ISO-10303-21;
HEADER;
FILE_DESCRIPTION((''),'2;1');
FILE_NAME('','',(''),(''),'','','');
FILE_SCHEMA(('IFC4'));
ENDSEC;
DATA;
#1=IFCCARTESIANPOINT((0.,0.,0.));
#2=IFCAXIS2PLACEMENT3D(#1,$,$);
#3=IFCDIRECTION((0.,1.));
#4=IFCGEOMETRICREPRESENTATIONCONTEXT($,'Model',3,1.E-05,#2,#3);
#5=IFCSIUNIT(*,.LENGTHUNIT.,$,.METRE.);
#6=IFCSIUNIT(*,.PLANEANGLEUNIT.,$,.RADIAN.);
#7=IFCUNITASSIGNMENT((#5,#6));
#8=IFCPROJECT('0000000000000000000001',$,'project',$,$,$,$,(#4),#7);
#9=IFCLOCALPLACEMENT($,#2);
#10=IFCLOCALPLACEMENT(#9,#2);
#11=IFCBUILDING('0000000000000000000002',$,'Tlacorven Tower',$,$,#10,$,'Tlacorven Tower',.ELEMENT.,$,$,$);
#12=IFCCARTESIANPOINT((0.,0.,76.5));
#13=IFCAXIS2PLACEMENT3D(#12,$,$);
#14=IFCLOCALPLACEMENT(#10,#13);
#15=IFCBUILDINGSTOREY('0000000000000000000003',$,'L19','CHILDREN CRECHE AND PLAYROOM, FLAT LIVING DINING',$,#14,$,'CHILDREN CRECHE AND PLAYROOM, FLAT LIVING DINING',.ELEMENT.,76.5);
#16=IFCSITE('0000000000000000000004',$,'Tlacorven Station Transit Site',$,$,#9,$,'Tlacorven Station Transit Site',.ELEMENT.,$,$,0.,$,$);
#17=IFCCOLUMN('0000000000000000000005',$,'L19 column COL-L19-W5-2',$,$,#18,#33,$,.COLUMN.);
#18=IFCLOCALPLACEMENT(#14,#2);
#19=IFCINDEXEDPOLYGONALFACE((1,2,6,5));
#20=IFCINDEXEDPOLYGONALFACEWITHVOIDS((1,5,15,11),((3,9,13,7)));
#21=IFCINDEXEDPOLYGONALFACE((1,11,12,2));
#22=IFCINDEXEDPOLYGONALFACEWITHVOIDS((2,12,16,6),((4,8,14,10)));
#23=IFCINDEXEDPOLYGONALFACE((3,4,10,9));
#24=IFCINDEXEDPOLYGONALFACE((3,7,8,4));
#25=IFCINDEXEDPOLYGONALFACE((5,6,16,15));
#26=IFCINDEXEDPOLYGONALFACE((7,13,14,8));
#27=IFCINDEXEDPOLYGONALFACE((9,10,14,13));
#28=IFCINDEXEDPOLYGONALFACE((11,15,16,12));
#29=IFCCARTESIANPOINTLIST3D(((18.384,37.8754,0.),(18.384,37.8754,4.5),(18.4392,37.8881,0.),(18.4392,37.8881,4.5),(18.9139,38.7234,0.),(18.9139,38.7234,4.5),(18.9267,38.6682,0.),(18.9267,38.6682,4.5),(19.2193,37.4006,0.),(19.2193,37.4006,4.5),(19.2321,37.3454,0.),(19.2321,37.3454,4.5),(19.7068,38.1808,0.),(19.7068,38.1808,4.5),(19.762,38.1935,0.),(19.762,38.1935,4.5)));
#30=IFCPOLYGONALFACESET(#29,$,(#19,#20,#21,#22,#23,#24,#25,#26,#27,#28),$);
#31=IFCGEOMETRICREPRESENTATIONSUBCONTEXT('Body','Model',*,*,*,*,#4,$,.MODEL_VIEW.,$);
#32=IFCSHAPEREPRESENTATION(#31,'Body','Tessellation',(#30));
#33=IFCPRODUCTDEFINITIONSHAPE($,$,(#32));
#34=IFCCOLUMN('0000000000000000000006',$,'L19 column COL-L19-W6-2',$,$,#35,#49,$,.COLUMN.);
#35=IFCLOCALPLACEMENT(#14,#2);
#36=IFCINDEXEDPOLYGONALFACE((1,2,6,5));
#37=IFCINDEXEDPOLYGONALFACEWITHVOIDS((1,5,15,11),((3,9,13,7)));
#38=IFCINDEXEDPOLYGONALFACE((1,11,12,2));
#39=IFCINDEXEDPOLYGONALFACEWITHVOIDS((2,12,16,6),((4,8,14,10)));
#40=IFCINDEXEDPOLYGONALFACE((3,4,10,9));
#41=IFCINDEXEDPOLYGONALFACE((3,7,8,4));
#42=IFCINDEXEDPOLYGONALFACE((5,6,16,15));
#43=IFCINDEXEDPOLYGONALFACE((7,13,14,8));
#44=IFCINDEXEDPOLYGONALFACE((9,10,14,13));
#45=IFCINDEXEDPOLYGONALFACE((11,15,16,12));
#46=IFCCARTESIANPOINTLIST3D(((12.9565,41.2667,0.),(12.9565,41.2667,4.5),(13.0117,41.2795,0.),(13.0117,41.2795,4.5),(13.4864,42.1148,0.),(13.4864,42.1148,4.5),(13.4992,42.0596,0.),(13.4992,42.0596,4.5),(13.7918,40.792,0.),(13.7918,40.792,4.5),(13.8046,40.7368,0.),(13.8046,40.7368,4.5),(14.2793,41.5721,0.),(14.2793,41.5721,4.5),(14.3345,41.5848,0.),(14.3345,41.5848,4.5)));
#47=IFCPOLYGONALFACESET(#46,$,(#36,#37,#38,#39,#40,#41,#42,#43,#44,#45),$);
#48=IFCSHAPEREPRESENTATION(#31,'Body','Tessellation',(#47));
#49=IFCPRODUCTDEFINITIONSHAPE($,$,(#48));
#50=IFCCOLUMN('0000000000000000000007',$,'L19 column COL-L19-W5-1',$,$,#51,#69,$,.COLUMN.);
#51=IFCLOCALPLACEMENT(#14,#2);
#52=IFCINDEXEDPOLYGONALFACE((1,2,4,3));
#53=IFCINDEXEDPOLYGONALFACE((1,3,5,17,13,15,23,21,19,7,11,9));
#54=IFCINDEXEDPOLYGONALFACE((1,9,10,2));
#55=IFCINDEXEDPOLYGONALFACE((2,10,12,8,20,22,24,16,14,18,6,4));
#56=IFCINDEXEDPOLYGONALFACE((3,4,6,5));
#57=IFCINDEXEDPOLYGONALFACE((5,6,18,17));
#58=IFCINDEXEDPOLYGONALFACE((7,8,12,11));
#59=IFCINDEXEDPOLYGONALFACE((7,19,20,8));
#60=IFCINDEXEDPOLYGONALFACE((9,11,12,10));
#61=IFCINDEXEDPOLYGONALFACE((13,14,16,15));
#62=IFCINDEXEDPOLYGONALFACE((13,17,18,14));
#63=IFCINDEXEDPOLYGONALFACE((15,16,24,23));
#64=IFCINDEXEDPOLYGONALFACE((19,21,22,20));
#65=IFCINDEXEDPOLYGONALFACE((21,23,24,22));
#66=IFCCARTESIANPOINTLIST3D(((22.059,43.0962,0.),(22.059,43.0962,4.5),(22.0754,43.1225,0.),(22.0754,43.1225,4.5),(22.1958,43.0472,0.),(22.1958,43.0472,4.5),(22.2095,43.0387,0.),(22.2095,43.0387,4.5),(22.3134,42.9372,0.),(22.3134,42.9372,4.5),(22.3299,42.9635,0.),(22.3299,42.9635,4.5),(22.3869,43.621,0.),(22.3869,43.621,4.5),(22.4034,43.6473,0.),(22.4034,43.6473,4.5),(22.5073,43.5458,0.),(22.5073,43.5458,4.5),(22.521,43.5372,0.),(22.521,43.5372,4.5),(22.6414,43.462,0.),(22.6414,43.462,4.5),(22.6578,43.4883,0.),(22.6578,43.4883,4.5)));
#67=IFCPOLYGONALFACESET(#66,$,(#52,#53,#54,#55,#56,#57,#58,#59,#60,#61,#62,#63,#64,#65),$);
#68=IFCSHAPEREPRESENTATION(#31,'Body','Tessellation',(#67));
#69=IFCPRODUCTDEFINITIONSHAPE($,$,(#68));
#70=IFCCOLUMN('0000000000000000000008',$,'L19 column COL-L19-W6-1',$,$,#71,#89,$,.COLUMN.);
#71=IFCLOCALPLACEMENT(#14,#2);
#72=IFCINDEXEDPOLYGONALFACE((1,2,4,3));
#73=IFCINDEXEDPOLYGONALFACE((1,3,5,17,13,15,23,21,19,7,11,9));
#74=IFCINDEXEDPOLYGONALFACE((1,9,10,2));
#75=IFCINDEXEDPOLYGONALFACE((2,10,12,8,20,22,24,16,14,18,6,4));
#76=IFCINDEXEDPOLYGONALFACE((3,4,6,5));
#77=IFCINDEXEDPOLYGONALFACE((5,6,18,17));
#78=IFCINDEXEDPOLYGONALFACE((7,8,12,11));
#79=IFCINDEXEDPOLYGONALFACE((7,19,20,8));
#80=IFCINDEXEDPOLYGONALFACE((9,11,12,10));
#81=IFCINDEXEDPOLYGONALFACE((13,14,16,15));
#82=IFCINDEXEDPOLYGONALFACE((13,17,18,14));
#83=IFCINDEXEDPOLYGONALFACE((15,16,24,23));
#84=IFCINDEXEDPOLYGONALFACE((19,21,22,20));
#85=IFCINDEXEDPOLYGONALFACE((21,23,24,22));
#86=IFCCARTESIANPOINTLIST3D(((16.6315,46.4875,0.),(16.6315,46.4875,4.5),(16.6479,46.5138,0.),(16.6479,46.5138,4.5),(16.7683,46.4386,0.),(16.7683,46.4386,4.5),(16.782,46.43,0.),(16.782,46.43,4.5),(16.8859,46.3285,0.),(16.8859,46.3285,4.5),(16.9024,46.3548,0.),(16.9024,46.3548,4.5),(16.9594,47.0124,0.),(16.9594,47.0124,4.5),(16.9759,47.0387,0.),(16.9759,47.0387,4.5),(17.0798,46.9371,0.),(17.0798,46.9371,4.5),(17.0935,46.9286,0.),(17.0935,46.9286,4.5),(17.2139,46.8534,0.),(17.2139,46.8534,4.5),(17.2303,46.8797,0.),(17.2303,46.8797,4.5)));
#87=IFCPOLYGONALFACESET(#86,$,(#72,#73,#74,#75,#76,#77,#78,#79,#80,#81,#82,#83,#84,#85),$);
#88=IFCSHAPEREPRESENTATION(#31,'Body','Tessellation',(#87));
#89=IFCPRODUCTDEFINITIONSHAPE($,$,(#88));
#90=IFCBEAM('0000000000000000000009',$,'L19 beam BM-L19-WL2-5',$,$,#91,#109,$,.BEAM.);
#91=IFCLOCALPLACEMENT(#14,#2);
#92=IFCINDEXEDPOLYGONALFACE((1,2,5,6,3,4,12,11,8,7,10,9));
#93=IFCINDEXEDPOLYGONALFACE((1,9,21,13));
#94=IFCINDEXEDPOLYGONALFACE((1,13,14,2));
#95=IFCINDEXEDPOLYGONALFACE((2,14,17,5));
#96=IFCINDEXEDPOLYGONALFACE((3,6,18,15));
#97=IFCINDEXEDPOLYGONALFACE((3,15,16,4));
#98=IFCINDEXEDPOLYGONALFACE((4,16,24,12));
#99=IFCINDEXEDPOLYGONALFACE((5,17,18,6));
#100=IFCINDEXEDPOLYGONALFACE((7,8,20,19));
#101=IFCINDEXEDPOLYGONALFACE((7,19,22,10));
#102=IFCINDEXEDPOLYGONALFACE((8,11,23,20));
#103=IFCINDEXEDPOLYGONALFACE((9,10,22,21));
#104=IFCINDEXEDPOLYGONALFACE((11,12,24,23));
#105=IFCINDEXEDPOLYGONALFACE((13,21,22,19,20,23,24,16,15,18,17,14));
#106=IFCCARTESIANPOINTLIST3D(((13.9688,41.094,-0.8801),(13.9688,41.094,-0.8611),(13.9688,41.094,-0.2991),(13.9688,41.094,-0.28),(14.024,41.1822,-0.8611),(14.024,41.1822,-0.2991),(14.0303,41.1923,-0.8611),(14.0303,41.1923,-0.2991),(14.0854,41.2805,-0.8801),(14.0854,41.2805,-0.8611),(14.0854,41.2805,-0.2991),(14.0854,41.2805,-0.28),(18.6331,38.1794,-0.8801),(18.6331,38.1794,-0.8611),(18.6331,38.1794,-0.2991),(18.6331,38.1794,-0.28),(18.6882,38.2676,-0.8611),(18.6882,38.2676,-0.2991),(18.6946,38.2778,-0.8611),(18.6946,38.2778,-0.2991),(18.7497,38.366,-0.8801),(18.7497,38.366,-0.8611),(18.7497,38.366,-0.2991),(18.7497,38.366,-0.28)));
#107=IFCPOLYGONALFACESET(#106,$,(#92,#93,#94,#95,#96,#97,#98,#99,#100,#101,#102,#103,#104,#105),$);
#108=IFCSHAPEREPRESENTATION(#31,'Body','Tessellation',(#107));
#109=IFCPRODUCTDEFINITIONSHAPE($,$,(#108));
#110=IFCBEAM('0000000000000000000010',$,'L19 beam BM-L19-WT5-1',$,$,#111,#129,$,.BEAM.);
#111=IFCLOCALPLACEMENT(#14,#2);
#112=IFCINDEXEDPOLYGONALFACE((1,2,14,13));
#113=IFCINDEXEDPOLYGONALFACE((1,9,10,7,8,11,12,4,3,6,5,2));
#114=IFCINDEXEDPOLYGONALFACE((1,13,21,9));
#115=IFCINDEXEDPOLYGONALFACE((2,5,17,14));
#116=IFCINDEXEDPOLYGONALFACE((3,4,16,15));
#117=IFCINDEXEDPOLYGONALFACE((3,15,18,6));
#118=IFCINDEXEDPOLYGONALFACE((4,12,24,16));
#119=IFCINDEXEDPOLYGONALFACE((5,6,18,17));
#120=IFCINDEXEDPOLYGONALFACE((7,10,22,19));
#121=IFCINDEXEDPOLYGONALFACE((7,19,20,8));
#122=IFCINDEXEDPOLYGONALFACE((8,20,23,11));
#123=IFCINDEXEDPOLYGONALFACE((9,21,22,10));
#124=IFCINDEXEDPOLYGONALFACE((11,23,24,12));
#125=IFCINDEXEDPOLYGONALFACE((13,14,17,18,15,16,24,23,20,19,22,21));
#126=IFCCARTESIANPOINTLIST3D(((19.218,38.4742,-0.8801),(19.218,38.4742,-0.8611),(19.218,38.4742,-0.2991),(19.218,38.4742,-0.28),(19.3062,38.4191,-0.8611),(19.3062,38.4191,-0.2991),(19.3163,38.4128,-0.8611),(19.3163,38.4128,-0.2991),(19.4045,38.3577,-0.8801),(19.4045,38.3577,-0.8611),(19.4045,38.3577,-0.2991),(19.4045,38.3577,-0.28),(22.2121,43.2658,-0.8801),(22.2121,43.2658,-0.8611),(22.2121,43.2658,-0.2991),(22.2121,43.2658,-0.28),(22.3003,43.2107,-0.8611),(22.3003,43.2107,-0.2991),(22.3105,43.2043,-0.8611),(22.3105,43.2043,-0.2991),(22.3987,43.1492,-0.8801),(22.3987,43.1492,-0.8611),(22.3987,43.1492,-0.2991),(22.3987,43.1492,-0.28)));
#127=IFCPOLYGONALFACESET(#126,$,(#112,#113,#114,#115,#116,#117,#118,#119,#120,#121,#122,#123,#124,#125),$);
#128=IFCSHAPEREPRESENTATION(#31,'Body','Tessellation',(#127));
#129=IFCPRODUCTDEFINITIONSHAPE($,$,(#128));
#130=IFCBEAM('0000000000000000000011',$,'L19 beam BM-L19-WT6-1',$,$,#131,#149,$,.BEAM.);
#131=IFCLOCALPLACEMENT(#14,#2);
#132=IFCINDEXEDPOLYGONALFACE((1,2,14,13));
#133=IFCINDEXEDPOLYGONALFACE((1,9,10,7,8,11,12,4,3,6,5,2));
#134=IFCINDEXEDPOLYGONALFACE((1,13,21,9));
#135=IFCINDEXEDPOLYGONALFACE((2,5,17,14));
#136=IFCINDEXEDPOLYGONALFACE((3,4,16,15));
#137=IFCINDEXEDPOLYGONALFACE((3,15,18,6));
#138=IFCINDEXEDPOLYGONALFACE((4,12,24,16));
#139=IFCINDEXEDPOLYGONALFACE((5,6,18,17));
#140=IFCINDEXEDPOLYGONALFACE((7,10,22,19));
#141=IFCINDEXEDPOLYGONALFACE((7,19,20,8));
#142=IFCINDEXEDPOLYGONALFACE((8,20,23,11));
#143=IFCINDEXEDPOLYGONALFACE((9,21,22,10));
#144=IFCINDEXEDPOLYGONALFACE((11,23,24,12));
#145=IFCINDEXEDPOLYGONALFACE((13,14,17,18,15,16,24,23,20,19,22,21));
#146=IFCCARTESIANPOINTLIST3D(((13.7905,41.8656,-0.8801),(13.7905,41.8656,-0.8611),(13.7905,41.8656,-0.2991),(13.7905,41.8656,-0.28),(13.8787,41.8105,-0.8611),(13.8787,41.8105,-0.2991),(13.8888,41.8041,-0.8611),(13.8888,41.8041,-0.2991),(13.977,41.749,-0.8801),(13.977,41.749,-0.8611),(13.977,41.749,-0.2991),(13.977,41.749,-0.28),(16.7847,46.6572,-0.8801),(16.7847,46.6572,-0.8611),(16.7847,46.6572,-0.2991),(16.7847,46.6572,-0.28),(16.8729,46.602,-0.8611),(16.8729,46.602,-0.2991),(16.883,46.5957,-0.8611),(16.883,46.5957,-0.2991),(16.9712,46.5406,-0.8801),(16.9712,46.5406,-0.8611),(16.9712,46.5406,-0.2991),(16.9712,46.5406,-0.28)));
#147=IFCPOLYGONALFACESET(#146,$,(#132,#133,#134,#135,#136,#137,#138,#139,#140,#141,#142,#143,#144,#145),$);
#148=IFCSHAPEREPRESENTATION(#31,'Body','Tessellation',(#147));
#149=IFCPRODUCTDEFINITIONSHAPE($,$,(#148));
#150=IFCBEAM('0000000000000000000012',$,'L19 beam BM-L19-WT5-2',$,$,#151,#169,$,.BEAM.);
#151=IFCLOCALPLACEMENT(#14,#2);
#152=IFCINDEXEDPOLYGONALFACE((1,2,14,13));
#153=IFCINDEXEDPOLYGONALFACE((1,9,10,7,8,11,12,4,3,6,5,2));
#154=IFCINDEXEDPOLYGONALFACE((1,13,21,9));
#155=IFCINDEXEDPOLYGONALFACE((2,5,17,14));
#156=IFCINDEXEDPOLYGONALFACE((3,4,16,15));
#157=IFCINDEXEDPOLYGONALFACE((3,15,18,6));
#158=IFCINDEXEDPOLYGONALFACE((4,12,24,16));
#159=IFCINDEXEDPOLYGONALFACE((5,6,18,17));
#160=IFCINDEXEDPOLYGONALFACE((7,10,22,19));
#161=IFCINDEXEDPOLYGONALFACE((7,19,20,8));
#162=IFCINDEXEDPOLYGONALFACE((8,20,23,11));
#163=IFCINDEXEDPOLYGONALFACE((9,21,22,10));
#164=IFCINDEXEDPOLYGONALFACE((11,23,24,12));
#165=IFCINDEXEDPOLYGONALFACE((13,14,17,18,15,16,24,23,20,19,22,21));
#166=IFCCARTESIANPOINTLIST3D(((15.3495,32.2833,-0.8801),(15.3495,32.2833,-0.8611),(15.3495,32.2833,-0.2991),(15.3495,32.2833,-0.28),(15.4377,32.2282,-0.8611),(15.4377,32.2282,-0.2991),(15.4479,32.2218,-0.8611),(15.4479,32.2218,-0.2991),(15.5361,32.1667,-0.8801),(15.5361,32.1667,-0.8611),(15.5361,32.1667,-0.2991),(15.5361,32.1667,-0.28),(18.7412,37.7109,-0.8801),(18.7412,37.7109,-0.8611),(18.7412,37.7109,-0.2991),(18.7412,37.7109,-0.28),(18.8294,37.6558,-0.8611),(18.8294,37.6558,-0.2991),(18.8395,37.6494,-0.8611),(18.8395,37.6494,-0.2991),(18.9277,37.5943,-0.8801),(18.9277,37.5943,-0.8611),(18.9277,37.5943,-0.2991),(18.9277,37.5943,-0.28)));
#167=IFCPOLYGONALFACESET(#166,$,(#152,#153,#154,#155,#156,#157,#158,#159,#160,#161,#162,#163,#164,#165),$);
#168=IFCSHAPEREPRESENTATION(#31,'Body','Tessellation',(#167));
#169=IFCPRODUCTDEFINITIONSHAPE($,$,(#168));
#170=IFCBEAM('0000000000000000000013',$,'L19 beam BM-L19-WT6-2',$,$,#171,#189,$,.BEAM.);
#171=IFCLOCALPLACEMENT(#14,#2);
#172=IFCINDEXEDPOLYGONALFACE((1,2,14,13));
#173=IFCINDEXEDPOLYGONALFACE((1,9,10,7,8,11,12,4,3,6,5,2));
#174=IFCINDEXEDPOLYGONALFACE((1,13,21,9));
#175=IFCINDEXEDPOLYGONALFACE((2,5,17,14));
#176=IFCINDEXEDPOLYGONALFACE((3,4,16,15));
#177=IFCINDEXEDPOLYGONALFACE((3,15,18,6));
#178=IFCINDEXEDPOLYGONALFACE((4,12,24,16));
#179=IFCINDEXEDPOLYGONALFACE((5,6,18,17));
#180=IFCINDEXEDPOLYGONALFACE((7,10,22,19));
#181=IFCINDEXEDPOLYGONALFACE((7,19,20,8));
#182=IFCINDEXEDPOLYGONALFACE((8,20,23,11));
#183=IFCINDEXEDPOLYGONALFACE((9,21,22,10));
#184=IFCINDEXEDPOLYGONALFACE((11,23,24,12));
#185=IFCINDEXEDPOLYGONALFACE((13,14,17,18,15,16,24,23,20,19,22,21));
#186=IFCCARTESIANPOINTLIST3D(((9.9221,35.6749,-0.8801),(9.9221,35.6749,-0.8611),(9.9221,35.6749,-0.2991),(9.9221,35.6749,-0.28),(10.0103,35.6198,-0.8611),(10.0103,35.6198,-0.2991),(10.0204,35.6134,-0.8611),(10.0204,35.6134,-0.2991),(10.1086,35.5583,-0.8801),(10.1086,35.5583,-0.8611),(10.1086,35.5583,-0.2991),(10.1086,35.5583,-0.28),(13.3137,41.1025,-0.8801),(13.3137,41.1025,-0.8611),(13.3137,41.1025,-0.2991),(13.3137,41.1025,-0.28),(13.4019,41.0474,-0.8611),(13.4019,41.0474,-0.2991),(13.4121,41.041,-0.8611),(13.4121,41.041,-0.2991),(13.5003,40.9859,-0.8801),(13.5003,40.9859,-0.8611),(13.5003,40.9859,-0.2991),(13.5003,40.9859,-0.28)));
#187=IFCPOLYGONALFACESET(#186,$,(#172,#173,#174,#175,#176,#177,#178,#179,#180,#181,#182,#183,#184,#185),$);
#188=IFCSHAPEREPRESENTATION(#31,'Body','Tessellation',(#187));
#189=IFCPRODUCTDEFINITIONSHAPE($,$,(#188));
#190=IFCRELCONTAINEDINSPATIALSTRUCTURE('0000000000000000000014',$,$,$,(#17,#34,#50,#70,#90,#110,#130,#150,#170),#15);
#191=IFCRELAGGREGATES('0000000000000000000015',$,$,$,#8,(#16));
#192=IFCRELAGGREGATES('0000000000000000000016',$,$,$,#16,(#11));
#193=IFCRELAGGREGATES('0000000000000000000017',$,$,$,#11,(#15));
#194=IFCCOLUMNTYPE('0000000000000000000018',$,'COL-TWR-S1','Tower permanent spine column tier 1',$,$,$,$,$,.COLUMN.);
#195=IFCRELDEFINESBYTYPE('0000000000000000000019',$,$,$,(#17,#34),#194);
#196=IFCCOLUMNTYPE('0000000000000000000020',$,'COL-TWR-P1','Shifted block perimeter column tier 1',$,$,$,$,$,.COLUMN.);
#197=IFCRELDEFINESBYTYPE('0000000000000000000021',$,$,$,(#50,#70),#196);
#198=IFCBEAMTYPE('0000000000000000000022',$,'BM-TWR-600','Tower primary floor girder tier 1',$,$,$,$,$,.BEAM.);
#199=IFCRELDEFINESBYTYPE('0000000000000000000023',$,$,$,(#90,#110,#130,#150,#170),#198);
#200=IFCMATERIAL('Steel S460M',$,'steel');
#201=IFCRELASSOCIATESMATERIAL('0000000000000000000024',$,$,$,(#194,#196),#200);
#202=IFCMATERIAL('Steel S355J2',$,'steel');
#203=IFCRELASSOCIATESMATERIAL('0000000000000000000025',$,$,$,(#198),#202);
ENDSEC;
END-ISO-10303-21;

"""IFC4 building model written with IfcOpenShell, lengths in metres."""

from ifc_helpers import new_model, si_unit, direction, frame, origin, origin_2d, place, context, subcontext, project, spatial, hollow_rectangle, i_section, extrude, source, transform, mapped, material, material_profile, profile_set, type_object, element, save


model = new_model("IFC4")

# Units and contexts
model_context = context("Model", 3, precision=1e-05, world=origin(), true_north=direction((0.0, 1.0)))
body_context = subcontext(model_context, "Body", "Model", "MODEL_VIEW")
ifc_project = project(units=[si_unit("LENGTHUNIT", "METRE"), si_unit("PLANEANGLEUNIT", "RADIAN")], contexts=[model_context])

# Site, building, storey
site_placement = place(None, origin())
site = spatial("IfcSite", under=ifc_project, at=site_placement, Name="Tlacorven Station Transit Site", LongName="Tlacorven Station Transit Site", CompositionType="ELEMENT", RefElevation=0.0)
building_placement = place(site_placement, origin())
building = spatial("IfcBuilding", under=site, at=building_placement, Name="Tlacorven Tower", LongName="Tlacorven Tower", CompositionType="ELEMENT")
storey_placement = place(building_placement, frame((0.0, 0.0, 76.5)))
storey = spatial("IfcBuildingStorey", under=building, at=storey_placement, Name="L19", Description="CHILDREN CRECHE AND PLAYROOM, FLAT LIVING DINING", LongName="CHILDREN CRECHE AND PLAYROOM, FLAT LIVING DINING", CompositionType="ELEMENT", Elevation=76.5)

# Columns
ifc_material_1 = material(Name="Steel S460M", Category="steel")
ifc_material_profile_1 = material_profile(ifc_material_1, hollow_rectangle(XDim=1.0, YDim=1.0, WallThickness=0.04, at=origin_2d()), Name="BOX 1000X1000X40")
ifc_profile_set_1 = profile_set([ifc_material_profile_1], Name="Steel S460M")
column_type_1 = type_object("IfcColumnType", Name="COL-TWR-S1", Description="Tower permanent spine column tier 1", PredefinedType="COLUMN", material=ifc_profile_set_1)
shared_shape_1 = source(origin(), body_context, "Body", "SweptSolid", [
    extrude(hollow_rectangle(XDim=1.0, YDim=1.0, WallThickness=0.04, at=origin_2d()), origin(), (0.0, 0.0, 1.0), 4.5),
])
for number, where, z_axis, x_axis, name in (
    (1, (19.073, 38.0344, 0.0), (0.0, 0.0, 1.0), (-0.848048, 0.529919, 0.0), "L19 column COL-L19-W5-2"),
    (2, (13.6455, 41.4258, 0.0), (0.0, 0.0, 1.0), (-0.848048, 0.529919, 0.0), "L19 column COL-L19-W6-2"),
):
    element("IfcColumn", number, at=place(storey_placement, frame(where, z_axis=z_axis, x_axis=x_axis)), inside=storey, type_object=column_type_1, Name=name, PredefinedType="COLUMN", context=body_context, shape_type="MappedRepresentation", body=[
        mapped(shared_shape_1, transform((0.0, 0.0, 0.0), scale=1.0)),
    ])
ifc_material_profile_2 = material_profile(ifc_material_1, i_section(OverallWidth=0.3, OverallDepth=0.6499, WebThickness=0.0161, FlangeThickness=0.031, at=origin_2d()), Name="HEB 650")
ifc_profile_set_2 = profile_set([ifc_material_profile_2], Name="Steel S460M")
column_type_2 = type_object("IfcColumnType", Name="COL-TWR-P1", Description="Shifted block perimeter column tier 1", PredefinedType="COLUMN", material=ifc_profile_set_2)
shared_shape_2 = source(origin(), body_context, "Body", "SweptSolid", [
    extrude(i_section(OverallWidth=0.3, OverallDepth=0.6499, WebThickness=0.0161, FlangeThickness=0.031, at=origin_2d()), origin(), (0.0, 0.0, 1.0), 4.5),
])
for number, where, z_axis, x_axis, name in (
    (3, (22.3584, 43.2922, 0.0), (0.0, 0.0, 1.0), (-0.848048, 0.529919, 0.0), "L19 column COL-L19-W5-1"),
    (4, (16.9309, 46.6836, 0.0), (0.0, 0.0, 1.0), (-0.848048, 0.529919, 0.0), "L19 column COL-L19-W6-1"),
):
    element("IfcColumn", number, at=place(storey_placement, frame(where, z_axis=z_axis, x_axis=x_axis)), inside=storey, type_object=column_type_2, Name=name, PredefinedType="COLUMN", context=body_context, shape_type="MappedRepresentation", body=[
        mapped(shared_shape_2, transform((0.0, 0.0, 0.0), scale=1.0)),
    ])

# Beams
ifc_material_2 = material(Name="Steel S355J2", Category="steel")
ifc_material_profile_3 = material_profile(ifc_material_2, i_section(OverallWidth=0.22, OverallDepth=0.6001, WebThickness=0.012, FlangeThickness=0.019, at=origin_2d()), Name="IPE 600")
ifc_profile_set_3 = profile_set([ifc_material_profile_3], Name="Steel S355J2")
beam_type_1 = type_object("IfcBeamType", Name="BM-TWR-600", Description="Tower primary floor girder tier 1", PredefinedType="BEAM", material=ifc_profile_set_3)
shared_shape_3 = source(origin(), body_context, "Body", "SweptSolid", [
    extrude(i_section(OverallWidth=0.22, OverallDepth=0.6001, WebThickness=0.012, FlangeThickness=0.019, at=origin_2d()), origin(), (0.0, 0.0, 1.0), 5.5),
])
beam_1_placement = place(storey_placement, frame((18.6914, 38.2727, -0.5801), z_axis=(-0.848051, 0.529915, 0.0), x_axis=(-0.529915, -0.848051, 0.0)))
element("IfcBeam", 5, at=beam_1_placement, inside=storey, type_object=beam_type_1, Name="L19 beam BM-L19-WL2-5", PredefinedType="BEAM", context=body_context, shape_type="MappedRepresentation", body=[
    mapped(shared_shape_3, transform((0.0, 0.0, 0.0), scale=1.0)),
])
shared_shape_4 = source(origin(), body_context, "Body", "SweptSolid", [
    extrude(i_section(OverallWidth=0.22, OverallDepth=0.6001, WebThickness=0.012, FlangeThickness=0.019, at=origin_2d()), origin(), (0.0, 0.0, 1.0), 5.6501),
])
for number, where, z_axis, x_axis, name in (
    (6, (22.3054, 43.2075, -0.5801), (-0.529929, -0.848042, 0.0), (0.848042, -0.529929, 0.0), "L19 beam BM-L19-WT5-1"),
    (7, (16.8779, 46.5989, -0.5801), (-0.529929, -0.848042, 0.0), (0.848042, -0.529929, 0.0), "L19 beam BM-L19-WT6-1"),
):
    element("IfcBeam", number, at=place(storey_placement, frame(where, z_axis=z_axis, x_axis=x_axis)), inside=storey, type_object=beam_type_1, Name=name, PredefinedType="BEAM", context=body_context, shape_type="MappedRepresentation", body=[
        mapped(shared_shape_4, transform((0.0, 0.0, 0.0), scale=1.0)),
    ])
shared_shape_5 = source(origin(), body_context, "Body", "SweptSolid", [
    extrude(i_section(OverallWidth=0.22, OverallDepth=0.6001, WebThickness=0.012, FlangeThickness=0.019, at=origin_2d()), origin(), (0.0, 0.0, 1.0), 6.4001),
])
for number, where, z_axis, x_axis, name in (
    (8, (18.8345, 37.6526, -0.5801), (-0.529934, -0.848039, 0.0), (0.848039, -0.529934, 0.0), "L19 beam BM-L19-WT5-2"),
    (9, (13.407, 41.0442, -0.5801), (-0.529934, -0.848039, 0.0), (0.848039, -0.529934, 0.0), "L19 beam BM-L19-WT6-2"),
):
    element("IfcBeam", number, at=place(storey_placement, frame(where, z_axis=z_axis, x_axis=x_axis)), inside=storey, type_object=beam_type_1, Name=name, PredefinedType="BEAM", context=body_context, shape_type="MappedRepresentation", body=[
        mapped(shared_shape_5, transform((0.0, 0.0, 0.0), scale=1.0)),
    ])

save(model, "model.ifc")
